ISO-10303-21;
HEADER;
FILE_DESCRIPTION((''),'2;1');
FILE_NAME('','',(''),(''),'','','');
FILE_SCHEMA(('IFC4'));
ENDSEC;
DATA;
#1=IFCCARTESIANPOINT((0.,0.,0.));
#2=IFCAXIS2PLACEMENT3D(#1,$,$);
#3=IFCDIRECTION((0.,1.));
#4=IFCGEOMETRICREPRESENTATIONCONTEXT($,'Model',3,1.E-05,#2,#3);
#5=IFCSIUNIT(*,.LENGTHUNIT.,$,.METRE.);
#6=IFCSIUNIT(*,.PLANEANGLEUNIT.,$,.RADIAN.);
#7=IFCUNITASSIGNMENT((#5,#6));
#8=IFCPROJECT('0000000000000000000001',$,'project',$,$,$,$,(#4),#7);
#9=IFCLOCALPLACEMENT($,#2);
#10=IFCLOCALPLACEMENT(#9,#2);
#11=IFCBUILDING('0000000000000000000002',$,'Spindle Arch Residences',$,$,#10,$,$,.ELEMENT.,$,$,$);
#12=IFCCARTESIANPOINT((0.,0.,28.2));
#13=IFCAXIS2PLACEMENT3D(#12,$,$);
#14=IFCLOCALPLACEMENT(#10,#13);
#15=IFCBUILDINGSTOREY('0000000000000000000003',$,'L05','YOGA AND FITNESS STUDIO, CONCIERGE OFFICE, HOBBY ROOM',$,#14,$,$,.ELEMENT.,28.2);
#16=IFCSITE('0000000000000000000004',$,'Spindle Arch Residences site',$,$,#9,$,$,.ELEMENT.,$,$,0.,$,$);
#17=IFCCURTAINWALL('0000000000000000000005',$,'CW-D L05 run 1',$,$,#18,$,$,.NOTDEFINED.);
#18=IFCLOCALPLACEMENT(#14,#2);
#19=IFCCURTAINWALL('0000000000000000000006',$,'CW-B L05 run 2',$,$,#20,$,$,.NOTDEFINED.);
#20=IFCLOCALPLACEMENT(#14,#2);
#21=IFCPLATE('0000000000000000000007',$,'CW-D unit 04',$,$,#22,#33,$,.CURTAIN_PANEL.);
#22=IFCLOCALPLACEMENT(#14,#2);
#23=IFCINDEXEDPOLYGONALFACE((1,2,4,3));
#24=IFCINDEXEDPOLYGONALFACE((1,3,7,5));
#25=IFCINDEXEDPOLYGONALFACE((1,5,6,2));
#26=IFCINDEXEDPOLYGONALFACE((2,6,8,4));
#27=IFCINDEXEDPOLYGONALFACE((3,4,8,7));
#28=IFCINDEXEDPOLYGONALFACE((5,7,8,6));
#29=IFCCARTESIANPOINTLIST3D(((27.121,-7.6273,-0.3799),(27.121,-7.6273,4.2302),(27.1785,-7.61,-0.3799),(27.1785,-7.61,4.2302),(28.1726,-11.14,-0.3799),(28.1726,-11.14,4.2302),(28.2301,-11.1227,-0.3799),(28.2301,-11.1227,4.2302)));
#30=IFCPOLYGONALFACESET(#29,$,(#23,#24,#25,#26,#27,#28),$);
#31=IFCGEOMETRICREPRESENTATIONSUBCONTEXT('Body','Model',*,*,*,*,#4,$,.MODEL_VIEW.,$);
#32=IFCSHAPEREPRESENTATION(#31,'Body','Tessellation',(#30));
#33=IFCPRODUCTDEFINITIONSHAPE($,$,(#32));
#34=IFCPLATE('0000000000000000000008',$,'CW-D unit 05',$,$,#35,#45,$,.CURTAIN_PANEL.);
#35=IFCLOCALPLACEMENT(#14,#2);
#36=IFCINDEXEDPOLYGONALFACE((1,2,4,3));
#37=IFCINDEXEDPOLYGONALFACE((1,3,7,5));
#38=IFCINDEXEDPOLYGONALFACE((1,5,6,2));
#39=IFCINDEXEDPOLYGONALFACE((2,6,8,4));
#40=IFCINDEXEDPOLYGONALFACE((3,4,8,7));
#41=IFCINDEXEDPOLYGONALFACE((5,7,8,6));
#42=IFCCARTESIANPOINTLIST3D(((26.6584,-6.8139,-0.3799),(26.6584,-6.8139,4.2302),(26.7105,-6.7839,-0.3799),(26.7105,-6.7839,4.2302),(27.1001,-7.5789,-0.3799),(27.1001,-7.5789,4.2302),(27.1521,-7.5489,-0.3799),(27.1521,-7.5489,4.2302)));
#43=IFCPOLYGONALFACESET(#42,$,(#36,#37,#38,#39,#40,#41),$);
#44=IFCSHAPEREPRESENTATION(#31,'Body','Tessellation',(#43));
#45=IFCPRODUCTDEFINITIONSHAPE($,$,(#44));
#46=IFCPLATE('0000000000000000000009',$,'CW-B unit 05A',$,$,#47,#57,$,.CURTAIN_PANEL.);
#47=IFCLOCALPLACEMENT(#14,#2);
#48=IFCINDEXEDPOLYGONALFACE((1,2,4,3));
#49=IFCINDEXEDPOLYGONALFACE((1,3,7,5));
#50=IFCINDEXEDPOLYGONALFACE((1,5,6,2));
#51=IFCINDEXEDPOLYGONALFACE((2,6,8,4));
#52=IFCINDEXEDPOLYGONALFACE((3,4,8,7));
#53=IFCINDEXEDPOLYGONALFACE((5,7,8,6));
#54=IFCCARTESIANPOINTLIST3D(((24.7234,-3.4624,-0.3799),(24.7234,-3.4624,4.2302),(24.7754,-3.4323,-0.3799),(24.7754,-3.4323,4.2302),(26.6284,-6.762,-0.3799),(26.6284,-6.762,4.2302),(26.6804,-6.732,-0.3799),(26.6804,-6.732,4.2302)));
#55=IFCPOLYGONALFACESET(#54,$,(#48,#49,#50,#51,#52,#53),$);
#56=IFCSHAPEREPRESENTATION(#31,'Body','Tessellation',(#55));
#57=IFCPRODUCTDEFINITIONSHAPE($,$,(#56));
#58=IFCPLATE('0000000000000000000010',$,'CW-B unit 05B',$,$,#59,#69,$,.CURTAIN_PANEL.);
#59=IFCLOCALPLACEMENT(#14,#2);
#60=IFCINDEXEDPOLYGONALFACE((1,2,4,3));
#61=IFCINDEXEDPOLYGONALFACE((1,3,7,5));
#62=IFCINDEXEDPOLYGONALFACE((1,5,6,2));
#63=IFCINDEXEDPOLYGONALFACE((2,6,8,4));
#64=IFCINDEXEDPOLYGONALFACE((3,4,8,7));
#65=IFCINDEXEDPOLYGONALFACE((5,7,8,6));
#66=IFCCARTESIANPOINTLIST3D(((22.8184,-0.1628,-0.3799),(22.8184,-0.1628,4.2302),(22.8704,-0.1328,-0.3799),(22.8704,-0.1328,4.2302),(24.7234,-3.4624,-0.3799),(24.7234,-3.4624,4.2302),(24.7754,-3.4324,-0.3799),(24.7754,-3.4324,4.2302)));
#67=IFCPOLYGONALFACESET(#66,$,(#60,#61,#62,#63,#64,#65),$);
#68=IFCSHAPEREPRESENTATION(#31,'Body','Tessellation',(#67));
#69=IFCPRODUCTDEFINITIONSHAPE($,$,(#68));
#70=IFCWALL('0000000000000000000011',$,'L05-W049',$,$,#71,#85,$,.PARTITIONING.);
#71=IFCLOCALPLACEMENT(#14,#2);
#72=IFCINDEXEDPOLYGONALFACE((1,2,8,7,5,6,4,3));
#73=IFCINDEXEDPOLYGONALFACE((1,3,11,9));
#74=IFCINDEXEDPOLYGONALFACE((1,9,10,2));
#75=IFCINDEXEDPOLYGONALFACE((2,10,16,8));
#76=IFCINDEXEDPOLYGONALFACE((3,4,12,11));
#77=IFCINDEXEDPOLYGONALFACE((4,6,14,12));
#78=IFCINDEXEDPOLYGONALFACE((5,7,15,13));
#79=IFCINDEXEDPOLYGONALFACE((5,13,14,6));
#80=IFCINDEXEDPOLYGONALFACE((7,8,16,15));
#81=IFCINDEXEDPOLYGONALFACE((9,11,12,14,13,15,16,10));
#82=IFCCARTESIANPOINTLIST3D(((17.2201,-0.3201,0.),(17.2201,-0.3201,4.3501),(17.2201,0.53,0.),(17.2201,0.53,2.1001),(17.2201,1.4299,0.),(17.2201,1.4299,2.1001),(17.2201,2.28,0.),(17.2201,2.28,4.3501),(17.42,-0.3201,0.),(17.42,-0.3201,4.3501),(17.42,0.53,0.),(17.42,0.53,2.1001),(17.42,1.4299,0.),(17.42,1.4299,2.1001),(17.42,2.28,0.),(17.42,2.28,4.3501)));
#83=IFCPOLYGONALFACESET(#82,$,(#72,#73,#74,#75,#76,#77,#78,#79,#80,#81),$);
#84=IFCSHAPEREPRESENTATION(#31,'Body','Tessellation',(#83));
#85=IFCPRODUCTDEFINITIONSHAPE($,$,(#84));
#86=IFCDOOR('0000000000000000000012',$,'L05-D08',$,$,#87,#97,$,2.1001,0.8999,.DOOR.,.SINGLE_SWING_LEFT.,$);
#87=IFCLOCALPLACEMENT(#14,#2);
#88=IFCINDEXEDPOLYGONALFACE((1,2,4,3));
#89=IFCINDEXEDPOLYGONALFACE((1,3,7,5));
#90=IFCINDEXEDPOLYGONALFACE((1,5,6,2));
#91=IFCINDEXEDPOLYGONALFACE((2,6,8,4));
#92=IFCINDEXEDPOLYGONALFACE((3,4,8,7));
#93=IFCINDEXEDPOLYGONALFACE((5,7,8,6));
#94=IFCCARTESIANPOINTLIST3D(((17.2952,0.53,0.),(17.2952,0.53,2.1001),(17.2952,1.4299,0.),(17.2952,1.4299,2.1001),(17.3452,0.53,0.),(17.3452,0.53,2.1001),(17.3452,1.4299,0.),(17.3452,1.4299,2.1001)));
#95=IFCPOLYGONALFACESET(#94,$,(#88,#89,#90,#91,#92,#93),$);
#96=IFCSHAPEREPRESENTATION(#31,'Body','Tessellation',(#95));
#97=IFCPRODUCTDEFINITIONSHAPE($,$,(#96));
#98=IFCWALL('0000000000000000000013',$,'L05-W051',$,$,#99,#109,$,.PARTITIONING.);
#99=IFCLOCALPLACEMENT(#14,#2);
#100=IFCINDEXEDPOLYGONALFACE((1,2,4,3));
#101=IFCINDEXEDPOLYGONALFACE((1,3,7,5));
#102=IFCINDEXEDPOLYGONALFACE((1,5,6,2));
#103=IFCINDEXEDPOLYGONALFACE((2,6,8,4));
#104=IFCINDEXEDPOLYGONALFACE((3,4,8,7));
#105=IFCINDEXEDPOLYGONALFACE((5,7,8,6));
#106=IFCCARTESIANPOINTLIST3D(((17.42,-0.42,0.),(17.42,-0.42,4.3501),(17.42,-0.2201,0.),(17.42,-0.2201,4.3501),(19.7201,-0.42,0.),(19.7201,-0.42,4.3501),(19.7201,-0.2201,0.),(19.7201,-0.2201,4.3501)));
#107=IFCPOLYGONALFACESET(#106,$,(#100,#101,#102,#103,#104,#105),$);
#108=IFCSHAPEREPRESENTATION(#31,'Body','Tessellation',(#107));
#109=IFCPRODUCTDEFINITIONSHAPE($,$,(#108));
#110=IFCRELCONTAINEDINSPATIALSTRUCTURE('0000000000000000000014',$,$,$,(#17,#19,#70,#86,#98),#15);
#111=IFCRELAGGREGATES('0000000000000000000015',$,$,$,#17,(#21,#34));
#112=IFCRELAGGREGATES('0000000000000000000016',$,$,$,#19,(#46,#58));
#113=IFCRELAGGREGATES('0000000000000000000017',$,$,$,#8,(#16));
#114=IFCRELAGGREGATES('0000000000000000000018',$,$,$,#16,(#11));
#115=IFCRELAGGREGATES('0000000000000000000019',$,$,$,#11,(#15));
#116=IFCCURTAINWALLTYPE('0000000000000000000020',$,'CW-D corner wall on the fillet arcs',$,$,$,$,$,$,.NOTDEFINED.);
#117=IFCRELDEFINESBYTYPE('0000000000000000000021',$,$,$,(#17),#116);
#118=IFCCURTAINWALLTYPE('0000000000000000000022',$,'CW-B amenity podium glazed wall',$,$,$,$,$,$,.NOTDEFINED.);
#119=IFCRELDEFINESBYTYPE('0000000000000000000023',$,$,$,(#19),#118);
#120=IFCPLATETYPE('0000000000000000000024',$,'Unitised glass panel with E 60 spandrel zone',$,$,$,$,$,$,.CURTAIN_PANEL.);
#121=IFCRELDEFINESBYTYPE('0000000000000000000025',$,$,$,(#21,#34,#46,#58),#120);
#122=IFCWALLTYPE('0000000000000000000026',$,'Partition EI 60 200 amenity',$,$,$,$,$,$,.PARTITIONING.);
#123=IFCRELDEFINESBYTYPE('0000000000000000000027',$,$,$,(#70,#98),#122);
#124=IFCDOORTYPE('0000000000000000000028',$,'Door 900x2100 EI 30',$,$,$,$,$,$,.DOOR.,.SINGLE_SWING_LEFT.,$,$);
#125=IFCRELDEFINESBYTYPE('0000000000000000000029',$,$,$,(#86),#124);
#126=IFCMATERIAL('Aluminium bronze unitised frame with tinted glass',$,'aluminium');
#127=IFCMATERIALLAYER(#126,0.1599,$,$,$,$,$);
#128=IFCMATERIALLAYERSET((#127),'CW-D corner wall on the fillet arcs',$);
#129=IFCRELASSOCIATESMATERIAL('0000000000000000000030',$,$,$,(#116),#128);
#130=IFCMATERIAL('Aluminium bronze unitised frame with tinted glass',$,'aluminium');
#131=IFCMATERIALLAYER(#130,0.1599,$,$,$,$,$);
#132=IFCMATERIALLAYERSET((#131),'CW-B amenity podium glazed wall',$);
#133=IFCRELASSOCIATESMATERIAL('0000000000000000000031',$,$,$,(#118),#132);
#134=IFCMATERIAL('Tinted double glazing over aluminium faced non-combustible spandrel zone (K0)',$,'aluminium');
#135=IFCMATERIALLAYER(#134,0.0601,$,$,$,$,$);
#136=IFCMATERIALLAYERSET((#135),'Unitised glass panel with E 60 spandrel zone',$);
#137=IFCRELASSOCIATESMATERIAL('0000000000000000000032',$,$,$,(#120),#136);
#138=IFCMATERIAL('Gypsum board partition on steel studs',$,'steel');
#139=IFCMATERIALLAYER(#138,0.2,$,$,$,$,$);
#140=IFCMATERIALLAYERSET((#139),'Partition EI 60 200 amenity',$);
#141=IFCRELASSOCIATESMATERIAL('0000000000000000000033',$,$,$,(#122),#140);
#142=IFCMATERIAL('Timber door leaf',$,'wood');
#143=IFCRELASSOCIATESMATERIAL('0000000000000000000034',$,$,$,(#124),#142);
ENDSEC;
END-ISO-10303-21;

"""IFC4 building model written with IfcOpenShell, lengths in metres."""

from ifc_helpers import new_model, si_unit, direction, frame, frame_2d, origin, origin_2d, place, context, subcontext, project, spatial, rectangle, extrude, material, layer, layer_set, type_object, element, fill, aggregate, save


model = new_model("IFC4")

# Units and contexts
model_context = context("Model", 3, precision=1e-05, world=origin(), true_north=direction((0.0, 1.0)))
body_context = subcontext(model_context, "Body", "Model", "MODEL_VIEW")
ifc_project = project(units=[si_unit("LENGTHUNIT", "METRE"), si_unit("PLANEANGLEUNIT", "RADIAN")], contexts=[model_context])

# Site, building, storey
site_placement = place(None, origin())
site = spatial("IfcSite", under=ifc_project, at=site_placement, Name="Spindle Arch Residences site", CompositionType="ELEMENT", RefElevation=0.0)
building_placement = place(site_placement, origin())
building = spatial("IfcBuilding", under=site, at=building_placement, Name="Spindle Arch Residences", CompositionType="ELEMENT")
storey_placement = place(building_placement, frame((0.0, 0.0, 28.2)))
storey = spatial("IfcBuildingStorey", under=building, at=storey_placement, Name="L05", Description="YOGA AND FITNESS STUDIO, CONCIERGE OFFICE, HOBBY ROOM", CompositionType="ELEMENT", Elevation=28.2)

# Curtain walls
ifc_material_1 = material(Name="Aluminium bronze unitised frame with tinted glass", Category="aluminium")
ifc_layer_1 = layer(ifc_material_1, 0.1599)
ifc_layer_set_1 = layer_set([ifc_layer_1], Name="CW-D corner wall on the fillet arcs")
curtain_wall_type_1 = type_object("IfcCurtainWallType", Name="CW-D corner wall on the fillet arcs", PredefinedType="NOTDEFINED", material=ifc_layer_set_1)
curtain_wall_1_placement = place(storey_placement, origin())
curtain_wall_1 = element("IfcCurtainWall", 1, at=curtain_wall_1_placement, inside=storey, type_object=curtain_wall_type_1, Name="CW-D L05 run 1", PredefinedType="NOTDEFINED")
ifc_material_2 = material(Name="Aluminium bronze unitised frame with tinted glass", Category="aluminium")
ifc_layer_2 = layer(ifc_material_2, 0.1599)
ifc_layer_set_2 = layer_set([ifc_layer_2], Name="CW-B amenity podium glazed wall")
curtain_wall_type_2 = type_object("IfcCurtainWallType", Name="CW-B amenity podium glazed wall", PredefinedType="NOTDEFINED", material=ifc_layer_set_2)
curtain_wall_2_placement = place(storey_placement, origin())
curtain_wall_2 = element("IfcCurtainWall", 2, at=curtain_wall_2_placement, inside=storey, type_object=curtain_wall_type_2, Name="CW-B L05 run 2", PredefinedType="NOTDEFINED")

# Plates
ifc_material_3 = material(Name="Tinted double glazing over aluminium faced non-combustible spandrel zone (K0)", Category="aluminium")
ifc_layer_3 = layer(ifc_material_3, 0.0601)
ifc_layer_set_3 = layer_set([ifc_layer_3], Name="Unitised glass panel with E 60 spandrel zone")
plate_type = type_object("IfcPlateType", Name="Unitised glass panel with E 60 spandrel zone", PredefinedType="CURTAIN_PANEL", material=ifc_layer_set_3)
plate_1_placement = place(storey_placement, frame((27.6755, -9.375, -0.3799), z_axis=(0.0, 0.0, 1.0), x_axis=(-0.286803, 0.95799, 0.0)))
plate_1 = element("IfcPlate", 3, at=plate_1_placement, type_object=plate_type, Name="CW-D unit 04", PredefinedType="CURTAIN_PANEL", context=body_context, shape_type="SweptSolid", body=[
    extrude(rectangle(XDim=3.6667, YDim=0.0601, at=origin_2d()), origin(), (0.0, 0.0, 1.0), 4.6101),
])
plate_2_placement = place(storey_placement, frame((26.9053, -7.1814, -0.3799), z_axis=(0.0, 0.0, 1.0), x_axis=(-0.5, 0.866025, 0.0)))
plate_2 = element("IfcPlate", 4, at=plate_2_placement, type_object=plate_type, Name="CW-D unit 05", PredefinedType="CURTAIN_PANEL", context=body_context, shape_type="SweptSolid", body=[
    extrude(rectangle(XDim=0.8833, YDim=0.0601, at=origin_2d()), origin(), (0.0, 0.0, 1.0), 4.6101),
])
aggregate(curtain_wall_1, [plate_1, plate_2])
plate_3_placement = place(storey_placement, frame((25.7019, -5.0972, -0.3799), z_axis=(0.0, 0.0, 1.0), x_axis=(-0.5, 0.866025, 0.0)))
plate_3 = element("IfcPlate", 5, at=plate_3_placement, type_object=plate_type, Name="CW-B unit 05A", PredefinedType="CURTAIN_PANEL", context=body_context, shape_type="SweptSolid", body=[
    extrude(rectangle(XDim=3.8101, YDim=0.0601, at=origin_2d()), origin(), (0.0, 0.0, 1.0), 4.6101),
])
plate_4_placement = place(storey_placement, frame((23.7969, -1.7976, -0.3799), z_axis=(0.0, 0.0, 1.0), x_axis=(-0.5, 0.866025, 0.0)))
plate_4 = element("IfcPlate", 6, at=plate_4_placement, type_object=plate_type, Name="CW-B unit 05B", PredefinedType="CURTAIN_PANEL", context=body_context, shape_type="SweptSolid", body=[
    extrude(rectangle(XDim=3.8101, YDim=0.0601, at=origin_2d()), origin(), (0.0, 0.0, 1.0), 4.6101),
])
aggregate(curtain_wall_2, [plate_3, plate_4])

# Wall, opening, door
ifc_material_4 = material(Name="Gypsum board partition on steel studs", Category="steel")
ifc_layer_4 = layer(ifc_material_4, 0.2)
ifc_layer_set_4 = layer_set([ifc_layer_4], Name="Partition EI 60 200 amenity")
wall_type = type_object("IfcWallType", Name="Partition EI 60 200 amenity", PredefinedType="PARTITIONING", material=ifc_layer_set_4)
wall_1_placement = place(storey_placement, frame((17.3201, -0.3201, 0.0), z_axis=(0.0, 0.0, 1.0), x_axis=(0.0, 1.0, 0.0)))
wall_1 = element("IfcWall", 7, at=wall_1_placement, inside=storey, type_object=wall_type, Name="L05-W049", PredefinedType="PARTITIONING", context=body_context, shape_type="SweptSolid", body=[
    extrude(rectangle(XDim=2.6001, YDim=0.2, at=frame_2d((1.3, 0.0))), origin(), (0.0, 0.0, 1.0), 4.3501),
])
opening_placement = place(wall_1_placement, frame((0.8501, 0.0, 0.0)))
opening = element("IfcOpeningElement", 8, at=opening_placement, cuts=wall_1, PredefinedType="OPENING", context=body_context, shape_type="SweptSolid", body=[
    extrude(rectangle(XDim=0.8999, YDim=2.1001, at=frame_2d((0.45, 1.05))), frame((0.0, 0.1099, 0.0), z_axis=(0.0, -1.0, 0.0), x_axis=(1.0, 0.0, 0.0)), (0.0, 0.0, 1.0), 0.22),
])
ifc_material_5 = material(Name="Timber door leaf", Category="wood")
door_type = type_object("IfcDoorType", Name="Door 900x2100 EI 30", OperationType="SINGLE_SWING_LEFT", PredefinedType="DOOR", material=ifc_material_5)
door_placement = place(opening_placement, origin())
door = element("IfcDoor", 9, at=door_placement, inside=storey, type_object=door_type, Name="L05-D08", OperationType="SINGLE_SWING_LEFT", OverallHeight=2.1001, OverallWidth=0.8999, PredefinedType="DOOR", context=body_context, shape_type="SweptSolid", body=[
    extrude(rectangle(XDim=0.8999, YDim=2.1001, at=frame_2d((0.45, 1.05))), frame((0.0, 0.0249, 0.0), z_axis=(0.0, -1.0, 0.0), x_axis=(1.0, 0.0, 0.0)), (0.0, 0.0, 1.0), 0.05),
])
fill(opening, door)

# Wall
wall_2_placement = place(storey_placement, frame((19.72, -0.3201, 0.0), z_axis=(0.0, 0.0, 1.0), x_axis=(-1.0, 0.0, 0.0)))
element("IfcWall", 10, at=wall_2_placement, inside=storey, type_object=wall_type, Name="L05-W051", PredefinedType="PARTITIONING", context=body_context, shape_type="SweptSolid", body=[
    extrude(rectangle(XDim=2.3, YDim=0.2, at=frame_2d((1.1499, 0.0))), origin(), (0.0, 0.0, 1.0), 4.3501),
])

save(model, "model.ifc")
